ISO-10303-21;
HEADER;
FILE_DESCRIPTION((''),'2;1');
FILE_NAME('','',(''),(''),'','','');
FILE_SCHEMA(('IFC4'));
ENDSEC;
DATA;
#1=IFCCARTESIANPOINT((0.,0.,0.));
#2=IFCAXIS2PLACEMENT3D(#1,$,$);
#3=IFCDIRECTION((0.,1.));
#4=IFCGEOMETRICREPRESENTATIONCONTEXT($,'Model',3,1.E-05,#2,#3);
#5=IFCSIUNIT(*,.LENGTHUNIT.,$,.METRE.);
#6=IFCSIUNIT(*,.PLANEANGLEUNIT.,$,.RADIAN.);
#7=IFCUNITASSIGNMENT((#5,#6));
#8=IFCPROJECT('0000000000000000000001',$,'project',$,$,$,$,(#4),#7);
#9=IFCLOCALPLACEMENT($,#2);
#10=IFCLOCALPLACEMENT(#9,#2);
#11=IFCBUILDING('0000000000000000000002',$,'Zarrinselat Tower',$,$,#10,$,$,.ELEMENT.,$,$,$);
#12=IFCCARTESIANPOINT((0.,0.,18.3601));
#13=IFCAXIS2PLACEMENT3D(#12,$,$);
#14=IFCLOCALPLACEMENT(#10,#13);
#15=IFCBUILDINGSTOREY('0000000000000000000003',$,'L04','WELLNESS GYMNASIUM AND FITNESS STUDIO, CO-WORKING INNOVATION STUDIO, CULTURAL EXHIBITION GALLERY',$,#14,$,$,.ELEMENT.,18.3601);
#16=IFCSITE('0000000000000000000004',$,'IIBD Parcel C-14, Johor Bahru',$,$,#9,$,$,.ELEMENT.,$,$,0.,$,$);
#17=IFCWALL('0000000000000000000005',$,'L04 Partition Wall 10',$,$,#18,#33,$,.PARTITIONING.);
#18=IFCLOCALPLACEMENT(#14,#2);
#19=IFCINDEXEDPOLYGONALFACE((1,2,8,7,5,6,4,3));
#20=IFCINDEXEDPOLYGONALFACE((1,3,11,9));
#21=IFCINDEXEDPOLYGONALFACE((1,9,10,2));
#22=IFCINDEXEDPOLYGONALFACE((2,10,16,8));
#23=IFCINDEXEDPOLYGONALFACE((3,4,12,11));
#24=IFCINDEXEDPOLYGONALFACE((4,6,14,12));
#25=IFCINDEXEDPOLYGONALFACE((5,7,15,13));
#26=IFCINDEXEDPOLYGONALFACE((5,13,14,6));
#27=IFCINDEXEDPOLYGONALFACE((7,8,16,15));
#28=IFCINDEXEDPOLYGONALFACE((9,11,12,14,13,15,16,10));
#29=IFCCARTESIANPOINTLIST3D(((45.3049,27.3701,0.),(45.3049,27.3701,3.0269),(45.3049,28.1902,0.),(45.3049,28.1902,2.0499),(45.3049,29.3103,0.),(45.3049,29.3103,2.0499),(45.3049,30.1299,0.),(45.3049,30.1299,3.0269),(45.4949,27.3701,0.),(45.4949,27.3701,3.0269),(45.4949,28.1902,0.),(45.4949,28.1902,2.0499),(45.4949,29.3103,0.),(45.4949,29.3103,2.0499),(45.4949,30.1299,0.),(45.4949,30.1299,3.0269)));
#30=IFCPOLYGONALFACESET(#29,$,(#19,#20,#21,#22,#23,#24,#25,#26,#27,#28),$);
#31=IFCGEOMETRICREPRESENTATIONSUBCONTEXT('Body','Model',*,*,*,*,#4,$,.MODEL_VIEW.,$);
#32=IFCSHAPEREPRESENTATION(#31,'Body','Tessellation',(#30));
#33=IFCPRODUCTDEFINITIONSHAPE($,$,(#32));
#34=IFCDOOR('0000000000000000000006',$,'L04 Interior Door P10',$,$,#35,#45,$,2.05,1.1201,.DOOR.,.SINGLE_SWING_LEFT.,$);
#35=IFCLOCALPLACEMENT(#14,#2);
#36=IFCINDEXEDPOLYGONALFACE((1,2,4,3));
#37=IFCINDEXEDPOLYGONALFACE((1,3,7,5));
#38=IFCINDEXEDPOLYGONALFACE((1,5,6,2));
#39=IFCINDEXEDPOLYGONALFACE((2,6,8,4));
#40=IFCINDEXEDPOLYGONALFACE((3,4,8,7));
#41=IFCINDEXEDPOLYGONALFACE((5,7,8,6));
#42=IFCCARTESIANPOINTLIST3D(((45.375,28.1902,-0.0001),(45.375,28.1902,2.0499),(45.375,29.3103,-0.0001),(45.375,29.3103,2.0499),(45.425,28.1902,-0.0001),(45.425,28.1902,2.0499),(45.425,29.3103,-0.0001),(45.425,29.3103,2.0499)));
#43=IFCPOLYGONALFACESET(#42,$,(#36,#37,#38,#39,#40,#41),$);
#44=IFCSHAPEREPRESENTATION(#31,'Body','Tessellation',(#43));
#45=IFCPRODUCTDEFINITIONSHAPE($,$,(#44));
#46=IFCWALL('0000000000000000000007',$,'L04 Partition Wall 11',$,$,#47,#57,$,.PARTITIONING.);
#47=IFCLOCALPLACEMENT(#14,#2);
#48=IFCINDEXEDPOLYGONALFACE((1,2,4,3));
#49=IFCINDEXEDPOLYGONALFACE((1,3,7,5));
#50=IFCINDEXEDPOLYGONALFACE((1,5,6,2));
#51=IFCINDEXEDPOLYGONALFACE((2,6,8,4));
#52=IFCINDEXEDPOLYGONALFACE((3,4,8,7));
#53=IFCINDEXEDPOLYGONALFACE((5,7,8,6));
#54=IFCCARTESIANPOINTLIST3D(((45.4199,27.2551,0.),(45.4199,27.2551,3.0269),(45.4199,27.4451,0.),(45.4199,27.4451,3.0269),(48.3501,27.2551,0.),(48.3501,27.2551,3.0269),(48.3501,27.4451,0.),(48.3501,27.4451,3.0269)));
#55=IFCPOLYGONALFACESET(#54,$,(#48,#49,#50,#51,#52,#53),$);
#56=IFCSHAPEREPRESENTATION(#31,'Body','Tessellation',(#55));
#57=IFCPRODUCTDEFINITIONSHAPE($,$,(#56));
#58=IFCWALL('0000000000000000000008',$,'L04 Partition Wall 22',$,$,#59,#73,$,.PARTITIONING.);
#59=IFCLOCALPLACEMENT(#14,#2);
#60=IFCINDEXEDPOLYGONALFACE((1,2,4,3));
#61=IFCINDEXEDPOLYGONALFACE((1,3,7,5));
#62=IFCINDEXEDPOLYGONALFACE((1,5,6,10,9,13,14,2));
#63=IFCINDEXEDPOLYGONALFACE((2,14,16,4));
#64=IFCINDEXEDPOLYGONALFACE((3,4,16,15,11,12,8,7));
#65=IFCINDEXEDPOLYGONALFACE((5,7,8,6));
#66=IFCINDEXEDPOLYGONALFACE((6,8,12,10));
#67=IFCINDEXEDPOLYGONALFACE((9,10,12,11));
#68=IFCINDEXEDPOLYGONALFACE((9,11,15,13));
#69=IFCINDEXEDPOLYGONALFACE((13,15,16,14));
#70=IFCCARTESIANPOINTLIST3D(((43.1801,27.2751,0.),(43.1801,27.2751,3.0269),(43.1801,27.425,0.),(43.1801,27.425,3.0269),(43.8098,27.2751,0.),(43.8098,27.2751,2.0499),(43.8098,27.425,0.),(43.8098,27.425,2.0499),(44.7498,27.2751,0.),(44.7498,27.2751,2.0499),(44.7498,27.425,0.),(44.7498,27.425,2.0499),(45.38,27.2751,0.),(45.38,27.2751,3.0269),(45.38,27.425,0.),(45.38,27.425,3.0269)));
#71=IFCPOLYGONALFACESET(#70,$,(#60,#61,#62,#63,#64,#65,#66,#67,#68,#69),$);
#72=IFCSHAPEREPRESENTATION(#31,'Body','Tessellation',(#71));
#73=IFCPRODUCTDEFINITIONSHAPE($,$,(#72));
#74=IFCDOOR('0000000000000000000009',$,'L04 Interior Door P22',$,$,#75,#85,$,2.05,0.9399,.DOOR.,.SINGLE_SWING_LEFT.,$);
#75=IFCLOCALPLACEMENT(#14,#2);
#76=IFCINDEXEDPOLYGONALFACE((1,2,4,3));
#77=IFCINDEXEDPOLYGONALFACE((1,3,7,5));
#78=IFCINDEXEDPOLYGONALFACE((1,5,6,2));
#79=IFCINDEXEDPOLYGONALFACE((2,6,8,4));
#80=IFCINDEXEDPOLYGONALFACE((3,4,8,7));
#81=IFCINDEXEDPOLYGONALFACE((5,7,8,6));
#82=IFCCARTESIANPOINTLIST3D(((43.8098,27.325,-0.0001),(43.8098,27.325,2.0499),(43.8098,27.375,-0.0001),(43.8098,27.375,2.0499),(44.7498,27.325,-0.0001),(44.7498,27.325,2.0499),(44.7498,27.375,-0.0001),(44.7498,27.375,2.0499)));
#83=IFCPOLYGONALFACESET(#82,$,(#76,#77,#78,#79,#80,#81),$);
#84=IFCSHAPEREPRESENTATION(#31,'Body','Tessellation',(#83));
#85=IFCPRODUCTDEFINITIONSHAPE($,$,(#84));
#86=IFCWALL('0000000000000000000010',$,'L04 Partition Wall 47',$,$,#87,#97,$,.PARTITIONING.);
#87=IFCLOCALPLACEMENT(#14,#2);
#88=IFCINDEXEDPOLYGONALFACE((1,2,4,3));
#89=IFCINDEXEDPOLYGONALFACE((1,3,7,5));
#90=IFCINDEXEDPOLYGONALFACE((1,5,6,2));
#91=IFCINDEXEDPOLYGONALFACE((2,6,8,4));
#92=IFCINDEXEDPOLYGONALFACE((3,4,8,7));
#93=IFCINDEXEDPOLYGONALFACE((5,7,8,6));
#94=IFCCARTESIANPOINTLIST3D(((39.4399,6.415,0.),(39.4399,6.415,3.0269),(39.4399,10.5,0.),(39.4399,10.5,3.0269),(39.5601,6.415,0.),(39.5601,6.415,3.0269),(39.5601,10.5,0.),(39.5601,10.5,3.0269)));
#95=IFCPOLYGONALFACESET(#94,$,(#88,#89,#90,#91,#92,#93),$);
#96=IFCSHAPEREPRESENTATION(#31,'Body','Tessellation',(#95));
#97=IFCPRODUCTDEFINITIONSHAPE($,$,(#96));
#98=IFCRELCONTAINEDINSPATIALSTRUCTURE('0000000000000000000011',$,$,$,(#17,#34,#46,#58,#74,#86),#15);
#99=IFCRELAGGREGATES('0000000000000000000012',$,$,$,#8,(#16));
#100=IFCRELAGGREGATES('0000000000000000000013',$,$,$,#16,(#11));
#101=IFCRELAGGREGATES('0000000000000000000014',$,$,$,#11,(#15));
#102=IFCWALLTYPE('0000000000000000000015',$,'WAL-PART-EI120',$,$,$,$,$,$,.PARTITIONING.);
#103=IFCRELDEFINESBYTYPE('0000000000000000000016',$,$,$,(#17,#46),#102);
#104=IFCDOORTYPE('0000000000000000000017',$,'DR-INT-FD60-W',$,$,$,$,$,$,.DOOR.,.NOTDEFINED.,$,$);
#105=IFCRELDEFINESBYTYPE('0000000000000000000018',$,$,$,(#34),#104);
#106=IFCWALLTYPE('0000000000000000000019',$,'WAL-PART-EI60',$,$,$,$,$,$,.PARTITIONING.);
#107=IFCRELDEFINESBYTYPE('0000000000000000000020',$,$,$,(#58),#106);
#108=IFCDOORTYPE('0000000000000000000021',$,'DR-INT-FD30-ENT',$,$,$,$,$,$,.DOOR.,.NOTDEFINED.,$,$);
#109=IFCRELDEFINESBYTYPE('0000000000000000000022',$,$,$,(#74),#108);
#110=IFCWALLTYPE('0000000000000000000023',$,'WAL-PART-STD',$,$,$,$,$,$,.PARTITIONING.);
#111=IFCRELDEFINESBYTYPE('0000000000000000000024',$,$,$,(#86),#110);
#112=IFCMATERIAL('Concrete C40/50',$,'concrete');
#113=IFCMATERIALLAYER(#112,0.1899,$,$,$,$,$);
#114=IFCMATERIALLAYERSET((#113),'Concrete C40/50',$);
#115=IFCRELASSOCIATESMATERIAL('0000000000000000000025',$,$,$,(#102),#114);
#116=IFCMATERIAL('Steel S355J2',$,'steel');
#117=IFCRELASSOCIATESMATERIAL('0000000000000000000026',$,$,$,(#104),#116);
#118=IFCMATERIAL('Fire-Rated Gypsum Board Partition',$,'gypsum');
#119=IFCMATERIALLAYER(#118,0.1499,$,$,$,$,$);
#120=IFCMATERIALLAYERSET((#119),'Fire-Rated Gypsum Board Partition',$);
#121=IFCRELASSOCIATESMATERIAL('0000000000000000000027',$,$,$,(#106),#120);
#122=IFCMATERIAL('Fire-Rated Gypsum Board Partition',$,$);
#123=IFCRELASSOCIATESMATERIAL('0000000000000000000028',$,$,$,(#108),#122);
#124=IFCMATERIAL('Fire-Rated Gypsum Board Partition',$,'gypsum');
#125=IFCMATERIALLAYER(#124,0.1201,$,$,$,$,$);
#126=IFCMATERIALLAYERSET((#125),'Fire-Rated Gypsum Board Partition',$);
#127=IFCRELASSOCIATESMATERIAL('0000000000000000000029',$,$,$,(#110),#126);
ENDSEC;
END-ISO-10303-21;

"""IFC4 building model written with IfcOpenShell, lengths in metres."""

from ifc_helpers import new_model, si_unit, direction, frame, frame_2d, origin, place, context, subcontext, project, spatial, rectangle, extrude, material, layer, layer_set, type_object, element, fill, save


model = new_model("IFC4")

# Units and contexts
model_context = context("Model", 3, precision=1e-05, world=origin(), true_north=direction((0.0, 1.0)))
body_context = subcontext(model_context, "Body", "Model", "MODEL_VIEW")
ifc_project = project(units=[si_unit("LENGTHUNIT", "METRE"), si_unit("PLANEANGLEUNIT", "RADIAN")], contexts=[model_context])

# Site, building, storey
site_placement = place(None, origin())
site = spatial("IfcSite", under=ifc_project, at=site_placement, Name="IIBD Parcel C-14, Johor Bahru", CompositionType="ELEMENT", RefElevation=0.0)
building_placement = place(site_placement, origin())
building = spatial("IfcBuilding", under=site, at=building_placement, Name="Zarrinselat Tower", CompositionType="ELEMENT")
storey_placement = place(building_placement, frame((0.0, 0.0, 18.3601)))
storey = spatial("IfcBuildingStorey", under=building, at=storey_placement, Name="L04", Description="WELLNESS GYMNASIUM AND FITNESS STUDIO, CO-WORKING INNOVATION STUDIO, CULTURAL EXHIBITION GALLERY", CompositionType="ELEMENT", Elevation=18.3601)

# Wall, opening, door
ifc_material_1 = material(Name="Concrete C40/50", Category="concrete")
ifc_layer_1 = layer(ifc_material_1, 0.1899)
ifc_layer_set_1 = layer_set([ifc_layer_1], Name="Concrete C40/50")
wall_type_1 = type_object("IfcWallType", Name="WAL-PART-EI120", PredefinedType="PARTITIONING", material=ifc_layer_set_1)
wall_1_placement = place(storey_placement, frame((45.3999, 27.3701, 0.0), z_axis=(0.0, 0.0, 1.0), x_axis=(0.0, 1.0, 0.0)))
wall_1 = element("IfcWall", 1, at=wall_1_placement, inside=storey, type_object=wall_type_1, Name="L04 Partition Wall 10", PredefinedType="PARTITIONING", context=body_context, shape_type="SweptSolid", body=[
    extrude(rectangle(XDim=2.7598, YDim=0.1899, at=frame_2d((1.3799, 0.0))), origin(), (0.0, 0.0, 1.0), 3.0269),
])
opening_1_placement = place(wall_1_placement, frame((0.8201, 0.0, 0.0)))
opening_1 = element("IfcOpeningElement", 2, at=opening_1_placement, cuts=wall_1, PredefinedType="OPENING", context=body_context, shape_type="SweptSolid", body=[
    extrude(rectangle(XDim=1.1201, YDim=2.05, at=frame_2d((0.5601, 1.0249))), frame((0.0, 0.105, 0.0), z_axis=(0.0, -1.0, 0.0), x_axis=(1.0, 0.0, 0.0)), (0.0, 0.0, 1.0), 0.21),
])
ifc_material_2 = material(Name="Steel S355J2", Category="steel")
door_type_1 = type_object("IfcDoorType", Name="DR-INT-FD60-W", OperationType="NOTDEFINED", PredefinedType="DOOR", material=ifc_material_2)
door_1_placement = place(opening_1_placement, origin())
door_1 = element("IfcDoor", 3, at=door_1_placement, inside=storey, type_object=door_type_1, Name="L04 Interior Door P10", OperationType="SINGLE_SWING_LEFT", OverallHeight=2.05, OverallWidth=1.1201, PredefinedType="DOOR", context=body_context, shape_type="SweptSolid", body=[
    extrude(rectangle(XDim=1.1201, YDim=2.05, at=frame_2d((0.5601, 1.0249))), frame((0.0, 0.0249, 0.0), z_axis=(0.0, -1.0, 0.0), x_axis=(1.0, 0.0, 0.0)), (0.0, 0.0, 1.0), 0.05),
])
fill(opening_1, door_1)

# Wall
wall_2_placement = place(storey_placement, frame((45.4199, 27.3501, 0.0), z_axis=(0.0, 0.0, 1.0), x_axis=(1.0, 0.0, 0.0)))
element("IfcWall", 4, at=wall_2_placement, inside=storey, type_object=wall_type_1, Name="L04 Partition Wall 11", PredefinedType="PARTITIONING", context=body_context, shape_type="SweptSolid", body=[
    extrude(rectangle(XDim=2.9302, YDim=0.1899, at=frame_2d((1.4651, 0.0))), origin(), (0.0, 0.0, 1.0), 3.0269),
])

# Wall, opening, door
ifc_material_3 = material(Name="Fire-Rated Gypsum Board Partition", Category="gypsum")
ifc_layer_2 = layer(ifc_material_3, 0.1499)
ifc_layer_set_2 = layer_set([ifc_layer_2], Name="Fire-Rated Gypsum Board Partition")
wall_type_2 = type_object("IfcWallType", Name="WAL-PART-EI60", PredefinedType="PARTITIONING", material=ifc_layer_set_2)
wall_3_placement = place(storey_placement, frame((43.1799, 27.3501, 0.0), z_axis=(0.0, 0.0, 1.0), x_axis=(1.0, 0.0, 0.0)))
wall_3 = element("IfcWall", 5, at=wall_3_placement, inside=storey, type_object=wall_type_2, Name="L04 Partition Wall 22", PredefinedType="PARTITIONING", context=body_context, shape_type="SweptSolid", body=[
    extrude(rectangle(XDim=2.2, YDim=0.1499, at=frame_2d((1.1001, 0.0))), origin(), (0.0, 0.0, 1.0), 3.0269),
])
opening_2_placement = place(wall_3_placement, frame((0.6299, 0.0, 0.0)))
opening_2 = element("IfcOpeningElement", 6, at=opening_2_placement, cuts=wall_3, PredefinedType="OPENING", context=body_context, shape_type="SweptSolid", body=[
    extrude(rectangle(XDim=0.9399, YDim=2.05, at=frame_2d((0.47, 1.0249))), frame((0.0, 0.085, 0.0), z_axis=(0.0, -1.0, 0.0), x_axis=(1.0, 0.0, 0.0)), (0.0, 0.0, 1.0), 0.1699),
])
ifc_material_4 = material(Name="Fire-Rated Gypsum Board Partition")
door_type_2 = type_object("IfcDoorType", Name="DR-INT-FD30-ENT", OperationType="NOTDEFINED", PredefinedType="DOOR", material=ifc_material_4)
door_2_placement = place(opening_2_placement, origin())
door_2 = element("IfcDoor", 7, at=door_2_placement, inside=storey, type_object=door_type_2, Name="L04 Interior Door P22", OperationType="SINGLE_SWING_LEFT", OverallHeight=2.05, OverallWidth=0.9399, PredefinedType="DOOR", context=body_context, shape_type="SweptSolid", body=[
    extrude(rectangle(XDim=0.9399, YDim=2.05, at=frame_2d((0.47, 1.0249))), frame((0.0, 0.0249, 0.0), z_axis=(0.0, -1.0, 0.0), x_axis=(1.0, 0.0, 0.0)), (0.0, 0.0, 1.0), 0.05),
])
fill(opening_2, door_2)

# Wall
ifc_material_5 = material(Name="Fire-Rated Gypsum Board Partition", Category="gypsum")
ifc_layer_3 = layer(ifc_material_5, 0.1201)
ifc_layer_set_3 = layer_set([ifc_layer_3], Name="Fire-Rated Gypsum Board Partition")
wall_type_3 = type_object("IfcWallType", Name="WAL-PART-STD", PredefinedType="PARTITIONING", material=ifc_layer_set_3)
wall_4_placement = place(storey_placement, frame((39.5, 6.415, 0.0), z_axis=(0.0, 0.0, 1.0), x_axis=(0.0, 1.0, 0.0)))
element("IfcWall", 8, at=wall_4_placement, inside=storey, type_object=wall_type_3, Name="L04 Partition Wall 47", PredefinedType="PARTITIONING", context=body_context, shape_type="SweptSolid", body=[
    extrude(rectangle(XDim=4.085, YDim=0.1201, at=frame_2d((2.0425, 0.0))), origin(), (0.0, 0.0, 1.0), 3.0269),
])

save(model, "model.ifc")
